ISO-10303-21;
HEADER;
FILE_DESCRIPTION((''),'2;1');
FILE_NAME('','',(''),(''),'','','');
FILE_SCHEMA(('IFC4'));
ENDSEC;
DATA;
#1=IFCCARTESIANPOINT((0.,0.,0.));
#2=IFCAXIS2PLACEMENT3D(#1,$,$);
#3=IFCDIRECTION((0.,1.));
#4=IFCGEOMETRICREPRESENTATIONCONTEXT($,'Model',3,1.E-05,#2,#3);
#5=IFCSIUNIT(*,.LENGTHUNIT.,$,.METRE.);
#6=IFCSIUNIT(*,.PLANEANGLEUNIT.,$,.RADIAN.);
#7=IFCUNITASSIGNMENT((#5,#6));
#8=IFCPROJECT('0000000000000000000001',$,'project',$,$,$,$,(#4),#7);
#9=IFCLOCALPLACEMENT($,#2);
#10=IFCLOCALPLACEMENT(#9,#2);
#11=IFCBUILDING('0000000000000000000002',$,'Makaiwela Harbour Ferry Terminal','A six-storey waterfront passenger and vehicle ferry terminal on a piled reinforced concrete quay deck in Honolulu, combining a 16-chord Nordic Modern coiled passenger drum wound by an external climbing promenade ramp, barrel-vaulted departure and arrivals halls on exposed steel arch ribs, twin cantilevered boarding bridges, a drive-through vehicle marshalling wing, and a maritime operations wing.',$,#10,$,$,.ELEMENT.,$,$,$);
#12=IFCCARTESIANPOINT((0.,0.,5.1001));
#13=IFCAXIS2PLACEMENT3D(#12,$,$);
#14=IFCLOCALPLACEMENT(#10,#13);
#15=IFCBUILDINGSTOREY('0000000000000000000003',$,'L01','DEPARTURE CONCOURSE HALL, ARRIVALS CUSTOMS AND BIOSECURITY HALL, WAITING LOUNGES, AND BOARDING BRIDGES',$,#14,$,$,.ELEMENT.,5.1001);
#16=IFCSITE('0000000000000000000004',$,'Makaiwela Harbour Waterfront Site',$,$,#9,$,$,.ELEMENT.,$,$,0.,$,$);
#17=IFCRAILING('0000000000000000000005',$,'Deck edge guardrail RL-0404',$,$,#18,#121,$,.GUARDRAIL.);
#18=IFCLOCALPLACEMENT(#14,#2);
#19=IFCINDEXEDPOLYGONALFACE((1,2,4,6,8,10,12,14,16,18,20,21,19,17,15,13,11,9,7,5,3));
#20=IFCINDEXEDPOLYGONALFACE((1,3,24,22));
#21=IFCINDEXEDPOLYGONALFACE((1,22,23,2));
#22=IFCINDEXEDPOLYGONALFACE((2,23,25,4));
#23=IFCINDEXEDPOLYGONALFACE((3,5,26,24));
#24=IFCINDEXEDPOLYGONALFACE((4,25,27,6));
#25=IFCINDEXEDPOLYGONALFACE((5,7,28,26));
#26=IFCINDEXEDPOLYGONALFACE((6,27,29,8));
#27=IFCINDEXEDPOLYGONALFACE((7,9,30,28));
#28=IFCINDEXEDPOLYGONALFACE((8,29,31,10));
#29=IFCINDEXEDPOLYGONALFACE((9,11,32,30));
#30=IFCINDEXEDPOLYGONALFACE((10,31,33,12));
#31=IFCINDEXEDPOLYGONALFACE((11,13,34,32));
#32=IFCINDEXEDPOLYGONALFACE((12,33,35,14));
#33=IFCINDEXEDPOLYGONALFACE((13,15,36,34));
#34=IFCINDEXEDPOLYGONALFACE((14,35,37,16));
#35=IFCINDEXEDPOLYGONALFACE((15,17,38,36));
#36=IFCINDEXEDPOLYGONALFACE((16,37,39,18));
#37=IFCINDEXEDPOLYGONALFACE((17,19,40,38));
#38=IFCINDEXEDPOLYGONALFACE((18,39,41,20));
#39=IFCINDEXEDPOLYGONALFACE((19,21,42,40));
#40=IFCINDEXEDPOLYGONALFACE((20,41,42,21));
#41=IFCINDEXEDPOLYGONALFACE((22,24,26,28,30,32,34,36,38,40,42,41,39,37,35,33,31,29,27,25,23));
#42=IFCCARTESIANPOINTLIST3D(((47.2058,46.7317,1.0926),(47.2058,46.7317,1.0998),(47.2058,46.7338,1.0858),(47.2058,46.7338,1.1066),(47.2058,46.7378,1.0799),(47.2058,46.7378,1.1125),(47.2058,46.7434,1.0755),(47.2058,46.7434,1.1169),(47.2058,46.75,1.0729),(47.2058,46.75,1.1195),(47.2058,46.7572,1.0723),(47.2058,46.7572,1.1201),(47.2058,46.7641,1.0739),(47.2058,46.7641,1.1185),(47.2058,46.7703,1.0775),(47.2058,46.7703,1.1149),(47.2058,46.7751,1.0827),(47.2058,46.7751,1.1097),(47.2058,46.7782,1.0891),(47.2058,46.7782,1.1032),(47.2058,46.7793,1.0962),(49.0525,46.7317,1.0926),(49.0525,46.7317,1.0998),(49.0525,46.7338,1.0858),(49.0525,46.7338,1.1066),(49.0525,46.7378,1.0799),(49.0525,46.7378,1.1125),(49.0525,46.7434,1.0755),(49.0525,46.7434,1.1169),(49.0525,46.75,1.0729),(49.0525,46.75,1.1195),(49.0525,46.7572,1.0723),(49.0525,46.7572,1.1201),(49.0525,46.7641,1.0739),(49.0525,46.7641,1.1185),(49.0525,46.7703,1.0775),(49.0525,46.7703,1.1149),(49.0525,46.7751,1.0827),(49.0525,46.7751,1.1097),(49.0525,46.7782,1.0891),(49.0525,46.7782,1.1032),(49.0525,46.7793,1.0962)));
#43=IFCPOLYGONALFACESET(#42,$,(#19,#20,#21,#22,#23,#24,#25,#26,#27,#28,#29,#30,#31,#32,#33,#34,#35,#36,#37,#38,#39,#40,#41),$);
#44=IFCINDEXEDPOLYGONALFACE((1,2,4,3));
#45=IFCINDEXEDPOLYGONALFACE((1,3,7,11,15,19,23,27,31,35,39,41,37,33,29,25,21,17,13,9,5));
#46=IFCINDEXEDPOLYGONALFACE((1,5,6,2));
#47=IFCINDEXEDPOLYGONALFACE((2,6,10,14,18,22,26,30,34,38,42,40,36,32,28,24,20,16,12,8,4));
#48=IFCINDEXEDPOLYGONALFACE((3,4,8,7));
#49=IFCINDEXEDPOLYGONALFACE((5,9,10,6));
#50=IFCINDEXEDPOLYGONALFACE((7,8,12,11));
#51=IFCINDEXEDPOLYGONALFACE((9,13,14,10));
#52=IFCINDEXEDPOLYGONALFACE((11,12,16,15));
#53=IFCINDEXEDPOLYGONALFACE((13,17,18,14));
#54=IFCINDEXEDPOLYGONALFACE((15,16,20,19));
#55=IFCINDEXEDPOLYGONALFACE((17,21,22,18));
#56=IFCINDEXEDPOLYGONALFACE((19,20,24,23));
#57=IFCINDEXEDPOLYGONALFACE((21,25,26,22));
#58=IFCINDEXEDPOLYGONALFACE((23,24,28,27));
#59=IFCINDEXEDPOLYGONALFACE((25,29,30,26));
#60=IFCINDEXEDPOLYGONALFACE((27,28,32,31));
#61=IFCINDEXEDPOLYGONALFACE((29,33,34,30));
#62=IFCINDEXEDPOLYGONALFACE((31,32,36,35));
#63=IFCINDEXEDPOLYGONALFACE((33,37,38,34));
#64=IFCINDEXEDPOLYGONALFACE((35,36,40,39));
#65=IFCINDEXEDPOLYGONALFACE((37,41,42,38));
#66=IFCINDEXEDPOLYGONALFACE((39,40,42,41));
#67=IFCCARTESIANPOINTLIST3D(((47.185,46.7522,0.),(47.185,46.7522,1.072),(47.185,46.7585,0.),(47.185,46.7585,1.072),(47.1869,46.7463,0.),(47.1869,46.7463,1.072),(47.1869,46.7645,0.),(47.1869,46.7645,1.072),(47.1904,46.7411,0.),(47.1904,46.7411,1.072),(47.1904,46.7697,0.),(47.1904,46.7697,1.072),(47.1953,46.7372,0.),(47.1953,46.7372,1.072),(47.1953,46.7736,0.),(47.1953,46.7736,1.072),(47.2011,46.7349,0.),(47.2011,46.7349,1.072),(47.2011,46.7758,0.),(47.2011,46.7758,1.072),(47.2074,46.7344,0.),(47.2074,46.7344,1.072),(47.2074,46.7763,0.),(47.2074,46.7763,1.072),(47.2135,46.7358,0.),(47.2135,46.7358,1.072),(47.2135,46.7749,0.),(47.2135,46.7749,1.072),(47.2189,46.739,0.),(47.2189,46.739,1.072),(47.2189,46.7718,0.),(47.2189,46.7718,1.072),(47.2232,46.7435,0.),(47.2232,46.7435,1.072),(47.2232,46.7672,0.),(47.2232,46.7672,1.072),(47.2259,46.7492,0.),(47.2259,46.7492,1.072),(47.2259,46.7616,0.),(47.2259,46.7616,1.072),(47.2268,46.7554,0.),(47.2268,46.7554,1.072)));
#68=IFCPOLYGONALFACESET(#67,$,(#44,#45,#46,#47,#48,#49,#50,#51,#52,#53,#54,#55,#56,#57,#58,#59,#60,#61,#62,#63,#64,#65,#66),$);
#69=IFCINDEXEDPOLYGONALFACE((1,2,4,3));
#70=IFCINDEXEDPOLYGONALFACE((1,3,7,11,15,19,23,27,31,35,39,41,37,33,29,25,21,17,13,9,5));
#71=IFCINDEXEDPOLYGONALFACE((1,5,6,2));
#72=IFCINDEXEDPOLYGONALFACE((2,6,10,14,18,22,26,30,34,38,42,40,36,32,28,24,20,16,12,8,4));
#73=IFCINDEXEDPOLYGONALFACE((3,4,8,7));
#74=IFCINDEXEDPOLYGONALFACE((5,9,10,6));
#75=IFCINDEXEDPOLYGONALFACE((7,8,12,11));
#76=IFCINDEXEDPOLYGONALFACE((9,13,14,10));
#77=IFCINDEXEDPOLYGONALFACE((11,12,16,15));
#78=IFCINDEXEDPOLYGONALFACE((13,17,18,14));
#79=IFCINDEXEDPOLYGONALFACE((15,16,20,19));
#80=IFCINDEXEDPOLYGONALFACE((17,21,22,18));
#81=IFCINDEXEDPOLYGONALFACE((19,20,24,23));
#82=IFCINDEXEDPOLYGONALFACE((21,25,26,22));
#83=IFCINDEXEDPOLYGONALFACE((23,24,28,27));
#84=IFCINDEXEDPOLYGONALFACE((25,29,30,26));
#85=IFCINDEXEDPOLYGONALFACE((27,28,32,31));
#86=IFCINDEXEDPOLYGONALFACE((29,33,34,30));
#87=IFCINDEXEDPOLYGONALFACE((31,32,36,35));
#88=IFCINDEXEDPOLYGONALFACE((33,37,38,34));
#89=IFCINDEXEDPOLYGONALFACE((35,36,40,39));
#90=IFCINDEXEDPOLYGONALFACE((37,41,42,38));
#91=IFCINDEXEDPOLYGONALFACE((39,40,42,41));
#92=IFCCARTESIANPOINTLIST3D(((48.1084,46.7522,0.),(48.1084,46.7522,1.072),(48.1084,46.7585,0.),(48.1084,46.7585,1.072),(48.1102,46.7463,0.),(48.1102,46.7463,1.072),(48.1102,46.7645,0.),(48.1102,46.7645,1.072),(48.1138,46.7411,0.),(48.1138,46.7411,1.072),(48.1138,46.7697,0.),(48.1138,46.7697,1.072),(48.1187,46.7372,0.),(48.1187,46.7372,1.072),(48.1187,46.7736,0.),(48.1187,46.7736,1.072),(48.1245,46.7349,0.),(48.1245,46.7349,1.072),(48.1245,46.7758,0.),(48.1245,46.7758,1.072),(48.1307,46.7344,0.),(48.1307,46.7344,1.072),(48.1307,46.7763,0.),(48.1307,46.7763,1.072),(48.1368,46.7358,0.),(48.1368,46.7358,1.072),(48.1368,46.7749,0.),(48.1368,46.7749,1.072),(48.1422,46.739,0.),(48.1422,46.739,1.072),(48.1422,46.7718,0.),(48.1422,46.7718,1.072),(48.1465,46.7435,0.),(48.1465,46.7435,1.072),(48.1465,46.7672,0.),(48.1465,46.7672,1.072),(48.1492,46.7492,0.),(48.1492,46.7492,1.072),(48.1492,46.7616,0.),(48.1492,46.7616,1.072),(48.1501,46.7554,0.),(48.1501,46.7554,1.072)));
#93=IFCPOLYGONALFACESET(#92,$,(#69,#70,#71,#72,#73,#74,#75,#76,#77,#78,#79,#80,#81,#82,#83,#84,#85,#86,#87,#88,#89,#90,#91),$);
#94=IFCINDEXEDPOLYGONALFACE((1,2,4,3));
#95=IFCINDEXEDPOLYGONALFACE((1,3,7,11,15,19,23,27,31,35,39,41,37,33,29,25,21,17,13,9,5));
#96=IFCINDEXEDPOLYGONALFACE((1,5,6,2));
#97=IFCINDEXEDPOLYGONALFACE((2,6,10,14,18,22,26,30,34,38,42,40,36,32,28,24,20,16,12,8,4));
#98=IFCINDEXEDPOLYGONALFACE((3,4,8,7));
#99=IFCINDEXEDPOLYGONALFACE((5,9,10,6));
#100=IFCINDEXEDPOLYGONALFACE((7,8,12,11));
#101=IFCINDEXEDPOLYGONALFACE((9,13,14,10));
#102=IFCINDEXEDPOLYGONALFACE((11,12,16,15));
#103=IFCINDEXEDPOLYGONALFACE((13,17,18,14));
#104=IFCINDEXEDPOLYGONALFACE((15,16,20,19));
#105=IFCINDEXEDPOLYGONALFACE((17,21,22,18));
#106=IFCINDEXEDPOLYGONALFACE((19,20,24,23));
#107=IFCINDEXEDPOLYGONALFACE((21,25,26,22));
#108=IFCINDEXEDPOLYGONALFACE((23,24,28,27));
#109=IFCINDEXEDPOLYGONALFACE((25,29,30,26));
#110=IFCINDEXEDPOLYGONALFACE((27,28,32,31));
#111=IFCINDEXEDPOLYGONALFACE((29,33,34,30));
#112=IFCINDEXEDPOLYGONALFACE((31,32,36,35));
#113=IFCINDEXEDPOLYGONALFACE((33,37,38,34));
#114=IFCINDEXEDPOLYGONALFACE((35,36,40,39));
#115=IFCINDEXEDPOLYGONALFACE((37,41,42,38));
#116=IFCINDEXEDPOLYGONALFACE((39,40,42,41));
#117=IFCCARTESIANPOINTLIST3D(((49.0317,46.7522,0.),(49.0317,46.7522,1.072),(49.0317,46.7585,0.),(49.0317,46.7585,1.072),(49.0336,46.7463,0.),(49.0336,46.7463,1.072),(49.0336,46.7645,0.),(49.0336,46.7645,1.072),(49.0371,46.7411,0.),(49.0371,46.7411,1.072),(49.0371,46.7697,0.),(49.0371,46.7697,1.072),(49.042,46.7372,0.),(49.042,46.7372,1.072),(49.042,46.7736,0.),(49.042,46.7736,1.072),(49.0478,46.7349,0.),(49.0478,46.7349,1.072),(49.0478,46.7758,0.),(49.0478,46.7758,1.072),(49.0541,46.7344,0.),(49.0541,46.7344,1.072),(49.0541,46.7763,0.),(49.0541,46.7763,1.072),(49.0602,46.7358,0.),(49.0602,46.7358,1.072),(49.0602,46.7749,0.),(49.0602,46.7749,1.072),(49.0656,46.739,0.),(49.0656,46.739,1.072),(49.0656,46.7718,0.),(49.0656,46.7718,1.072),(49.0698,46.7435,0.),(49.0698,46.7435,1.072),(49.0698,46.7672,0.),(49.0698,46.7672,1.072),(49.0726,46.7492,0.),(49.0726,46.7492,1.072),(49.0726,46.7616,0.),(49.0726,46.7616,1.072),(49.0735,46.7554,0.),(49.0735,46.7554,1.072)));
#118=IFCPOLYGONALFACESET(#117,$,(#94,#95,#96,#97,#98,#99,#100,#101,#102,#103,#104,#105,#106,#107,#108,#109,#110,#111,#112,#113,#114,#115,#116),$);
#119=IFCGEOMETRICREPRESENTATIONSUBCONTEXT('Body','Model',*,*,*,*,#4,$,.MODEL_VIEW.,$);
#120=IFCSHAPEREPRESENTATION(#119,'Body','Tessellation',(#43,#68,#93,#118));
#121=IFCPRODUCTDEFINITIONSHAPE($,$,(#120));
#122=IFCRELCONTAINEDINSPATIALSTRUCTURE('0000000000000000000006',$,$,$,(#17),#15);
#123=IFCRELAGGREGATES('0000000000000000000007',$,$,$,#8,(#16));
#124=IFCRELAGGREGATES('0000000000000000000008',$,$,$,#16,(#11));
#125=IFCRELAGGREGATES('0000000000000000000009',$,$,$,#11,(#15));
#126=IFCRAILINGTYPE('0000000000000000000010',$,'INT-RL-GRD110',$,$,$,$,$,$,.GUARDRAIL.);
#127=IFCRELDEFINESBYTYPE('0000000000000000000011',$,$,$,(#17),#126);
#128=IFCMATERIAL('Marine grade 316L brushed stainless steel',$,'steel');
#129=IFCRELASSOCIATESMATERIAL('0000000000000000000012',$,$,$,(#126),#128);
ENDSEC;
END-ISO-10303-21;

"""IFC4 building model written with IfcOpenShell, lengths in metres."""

from ifc_helpers import new_model, si_unit, direction, frame, origin, origin_2d, place, context, subcontext, project, spatial, circle, extrude, material, type_object, element, save


model = new_model("IFC4")

# Units and contexts
model_context = context("Model", 3, precision=1e-05, world=origin(), true_north=direction((0.0, 1.0)))
body_context = subcontext(model_context, "Body", "Model", "MODEL_VIEW")
ifc_project = project(units=[si_unit("LENGTHUNIT", "METRE"), si_unit("PLANEANGLEUNIT", "RADIAN")], contexts=[model_context])

# Site, building, storey
site_placement = place(None, origin())
site = spatial("IfcSite", under=ifc_project, at=site_placement, Name="Makaiwela Harbour Waterfront Site", CompositionType="ELEMENT", RefElevation=0.0)
building_placement = place(site_placement, origin())
building = spatial("IfcBuilding", under=site, at=building_placement, Name="Makaiwela Harbour Ferry Terminal", Description="A six-storey waterfront passenger and vehicle ferry terminal on a piled reinforced concrete quay deck in Honolulu, combining a 16-chord Nordic Modern coiled passenger drum wound by an external climbing promenade ramp, barrel-vaulted departure and arrivals halls on exposed steel arch ribs, twin cantilevered boarding bridges, a drive-through vehicle marshalling wing, and a maritime operations wing.", CompositionType="ELEMENT")
storey_placement = place(building_placement, frame((0.0, 0.0, 5.1001)))
storey = spatial("IfcBuildingStorey", under=building, at=storey_placement, Name="L01", Description="DEPARTURE CONCOURSE HALL, ARRIVALS CUSTOMS AND BIOSECURITY HALL, WAITING LOUNGES, AND BOARDING BRIDGES", CompositionType="ELEMENT", Elevation=5.1001)

# Railing
ifc_material_1 = material(Name="Marine grade 316L brushed stainless steel", Category="steel")
railing_type = type_object("IfcRailingType", Name="INT-RL-GRD110", PredefinedType="GUARDRAIL", material=ifc_material_1)
railing_1_placement = place(storey_placement, frame((47.2058, 46.7554, 0.0)))
element("IfcRailing", 1, at=railing_1_placement, inside=storey, type_object=railing_type, Name="Deck edge guardrail RL-0404", PredefinedType="GUARDRAIL", context=body_context, shape_type="SweptSolid", body=[
    extrude(circle(Radius=0.0239, at=origin_2d()), frame((0.0, 0.0, 1.0962), z_axis=(1.0, 0.0, 0.0), x_axis=(0.0, 1.0, 0.0)), (0.0, 0.0, 1.0), 1.8467),
    extrude(circle(Radius=0.021, at=origin_2d()), origin(), (0.0, 0.0, 1.0), 1.072),
    extrude(circle(Radius=0.021, at=origin_2d()), frame((0.9233, 0.0, 0.0)), (0.0, 0.0, 1.0), 1.072),
    extrude(circle(Radius=0.021, at=origin_2d()), frame((1.8467, 0.0, 0.0)), (0.0, 0.0, 1.0), 1.072),
])

save(model, "model.ifc")
